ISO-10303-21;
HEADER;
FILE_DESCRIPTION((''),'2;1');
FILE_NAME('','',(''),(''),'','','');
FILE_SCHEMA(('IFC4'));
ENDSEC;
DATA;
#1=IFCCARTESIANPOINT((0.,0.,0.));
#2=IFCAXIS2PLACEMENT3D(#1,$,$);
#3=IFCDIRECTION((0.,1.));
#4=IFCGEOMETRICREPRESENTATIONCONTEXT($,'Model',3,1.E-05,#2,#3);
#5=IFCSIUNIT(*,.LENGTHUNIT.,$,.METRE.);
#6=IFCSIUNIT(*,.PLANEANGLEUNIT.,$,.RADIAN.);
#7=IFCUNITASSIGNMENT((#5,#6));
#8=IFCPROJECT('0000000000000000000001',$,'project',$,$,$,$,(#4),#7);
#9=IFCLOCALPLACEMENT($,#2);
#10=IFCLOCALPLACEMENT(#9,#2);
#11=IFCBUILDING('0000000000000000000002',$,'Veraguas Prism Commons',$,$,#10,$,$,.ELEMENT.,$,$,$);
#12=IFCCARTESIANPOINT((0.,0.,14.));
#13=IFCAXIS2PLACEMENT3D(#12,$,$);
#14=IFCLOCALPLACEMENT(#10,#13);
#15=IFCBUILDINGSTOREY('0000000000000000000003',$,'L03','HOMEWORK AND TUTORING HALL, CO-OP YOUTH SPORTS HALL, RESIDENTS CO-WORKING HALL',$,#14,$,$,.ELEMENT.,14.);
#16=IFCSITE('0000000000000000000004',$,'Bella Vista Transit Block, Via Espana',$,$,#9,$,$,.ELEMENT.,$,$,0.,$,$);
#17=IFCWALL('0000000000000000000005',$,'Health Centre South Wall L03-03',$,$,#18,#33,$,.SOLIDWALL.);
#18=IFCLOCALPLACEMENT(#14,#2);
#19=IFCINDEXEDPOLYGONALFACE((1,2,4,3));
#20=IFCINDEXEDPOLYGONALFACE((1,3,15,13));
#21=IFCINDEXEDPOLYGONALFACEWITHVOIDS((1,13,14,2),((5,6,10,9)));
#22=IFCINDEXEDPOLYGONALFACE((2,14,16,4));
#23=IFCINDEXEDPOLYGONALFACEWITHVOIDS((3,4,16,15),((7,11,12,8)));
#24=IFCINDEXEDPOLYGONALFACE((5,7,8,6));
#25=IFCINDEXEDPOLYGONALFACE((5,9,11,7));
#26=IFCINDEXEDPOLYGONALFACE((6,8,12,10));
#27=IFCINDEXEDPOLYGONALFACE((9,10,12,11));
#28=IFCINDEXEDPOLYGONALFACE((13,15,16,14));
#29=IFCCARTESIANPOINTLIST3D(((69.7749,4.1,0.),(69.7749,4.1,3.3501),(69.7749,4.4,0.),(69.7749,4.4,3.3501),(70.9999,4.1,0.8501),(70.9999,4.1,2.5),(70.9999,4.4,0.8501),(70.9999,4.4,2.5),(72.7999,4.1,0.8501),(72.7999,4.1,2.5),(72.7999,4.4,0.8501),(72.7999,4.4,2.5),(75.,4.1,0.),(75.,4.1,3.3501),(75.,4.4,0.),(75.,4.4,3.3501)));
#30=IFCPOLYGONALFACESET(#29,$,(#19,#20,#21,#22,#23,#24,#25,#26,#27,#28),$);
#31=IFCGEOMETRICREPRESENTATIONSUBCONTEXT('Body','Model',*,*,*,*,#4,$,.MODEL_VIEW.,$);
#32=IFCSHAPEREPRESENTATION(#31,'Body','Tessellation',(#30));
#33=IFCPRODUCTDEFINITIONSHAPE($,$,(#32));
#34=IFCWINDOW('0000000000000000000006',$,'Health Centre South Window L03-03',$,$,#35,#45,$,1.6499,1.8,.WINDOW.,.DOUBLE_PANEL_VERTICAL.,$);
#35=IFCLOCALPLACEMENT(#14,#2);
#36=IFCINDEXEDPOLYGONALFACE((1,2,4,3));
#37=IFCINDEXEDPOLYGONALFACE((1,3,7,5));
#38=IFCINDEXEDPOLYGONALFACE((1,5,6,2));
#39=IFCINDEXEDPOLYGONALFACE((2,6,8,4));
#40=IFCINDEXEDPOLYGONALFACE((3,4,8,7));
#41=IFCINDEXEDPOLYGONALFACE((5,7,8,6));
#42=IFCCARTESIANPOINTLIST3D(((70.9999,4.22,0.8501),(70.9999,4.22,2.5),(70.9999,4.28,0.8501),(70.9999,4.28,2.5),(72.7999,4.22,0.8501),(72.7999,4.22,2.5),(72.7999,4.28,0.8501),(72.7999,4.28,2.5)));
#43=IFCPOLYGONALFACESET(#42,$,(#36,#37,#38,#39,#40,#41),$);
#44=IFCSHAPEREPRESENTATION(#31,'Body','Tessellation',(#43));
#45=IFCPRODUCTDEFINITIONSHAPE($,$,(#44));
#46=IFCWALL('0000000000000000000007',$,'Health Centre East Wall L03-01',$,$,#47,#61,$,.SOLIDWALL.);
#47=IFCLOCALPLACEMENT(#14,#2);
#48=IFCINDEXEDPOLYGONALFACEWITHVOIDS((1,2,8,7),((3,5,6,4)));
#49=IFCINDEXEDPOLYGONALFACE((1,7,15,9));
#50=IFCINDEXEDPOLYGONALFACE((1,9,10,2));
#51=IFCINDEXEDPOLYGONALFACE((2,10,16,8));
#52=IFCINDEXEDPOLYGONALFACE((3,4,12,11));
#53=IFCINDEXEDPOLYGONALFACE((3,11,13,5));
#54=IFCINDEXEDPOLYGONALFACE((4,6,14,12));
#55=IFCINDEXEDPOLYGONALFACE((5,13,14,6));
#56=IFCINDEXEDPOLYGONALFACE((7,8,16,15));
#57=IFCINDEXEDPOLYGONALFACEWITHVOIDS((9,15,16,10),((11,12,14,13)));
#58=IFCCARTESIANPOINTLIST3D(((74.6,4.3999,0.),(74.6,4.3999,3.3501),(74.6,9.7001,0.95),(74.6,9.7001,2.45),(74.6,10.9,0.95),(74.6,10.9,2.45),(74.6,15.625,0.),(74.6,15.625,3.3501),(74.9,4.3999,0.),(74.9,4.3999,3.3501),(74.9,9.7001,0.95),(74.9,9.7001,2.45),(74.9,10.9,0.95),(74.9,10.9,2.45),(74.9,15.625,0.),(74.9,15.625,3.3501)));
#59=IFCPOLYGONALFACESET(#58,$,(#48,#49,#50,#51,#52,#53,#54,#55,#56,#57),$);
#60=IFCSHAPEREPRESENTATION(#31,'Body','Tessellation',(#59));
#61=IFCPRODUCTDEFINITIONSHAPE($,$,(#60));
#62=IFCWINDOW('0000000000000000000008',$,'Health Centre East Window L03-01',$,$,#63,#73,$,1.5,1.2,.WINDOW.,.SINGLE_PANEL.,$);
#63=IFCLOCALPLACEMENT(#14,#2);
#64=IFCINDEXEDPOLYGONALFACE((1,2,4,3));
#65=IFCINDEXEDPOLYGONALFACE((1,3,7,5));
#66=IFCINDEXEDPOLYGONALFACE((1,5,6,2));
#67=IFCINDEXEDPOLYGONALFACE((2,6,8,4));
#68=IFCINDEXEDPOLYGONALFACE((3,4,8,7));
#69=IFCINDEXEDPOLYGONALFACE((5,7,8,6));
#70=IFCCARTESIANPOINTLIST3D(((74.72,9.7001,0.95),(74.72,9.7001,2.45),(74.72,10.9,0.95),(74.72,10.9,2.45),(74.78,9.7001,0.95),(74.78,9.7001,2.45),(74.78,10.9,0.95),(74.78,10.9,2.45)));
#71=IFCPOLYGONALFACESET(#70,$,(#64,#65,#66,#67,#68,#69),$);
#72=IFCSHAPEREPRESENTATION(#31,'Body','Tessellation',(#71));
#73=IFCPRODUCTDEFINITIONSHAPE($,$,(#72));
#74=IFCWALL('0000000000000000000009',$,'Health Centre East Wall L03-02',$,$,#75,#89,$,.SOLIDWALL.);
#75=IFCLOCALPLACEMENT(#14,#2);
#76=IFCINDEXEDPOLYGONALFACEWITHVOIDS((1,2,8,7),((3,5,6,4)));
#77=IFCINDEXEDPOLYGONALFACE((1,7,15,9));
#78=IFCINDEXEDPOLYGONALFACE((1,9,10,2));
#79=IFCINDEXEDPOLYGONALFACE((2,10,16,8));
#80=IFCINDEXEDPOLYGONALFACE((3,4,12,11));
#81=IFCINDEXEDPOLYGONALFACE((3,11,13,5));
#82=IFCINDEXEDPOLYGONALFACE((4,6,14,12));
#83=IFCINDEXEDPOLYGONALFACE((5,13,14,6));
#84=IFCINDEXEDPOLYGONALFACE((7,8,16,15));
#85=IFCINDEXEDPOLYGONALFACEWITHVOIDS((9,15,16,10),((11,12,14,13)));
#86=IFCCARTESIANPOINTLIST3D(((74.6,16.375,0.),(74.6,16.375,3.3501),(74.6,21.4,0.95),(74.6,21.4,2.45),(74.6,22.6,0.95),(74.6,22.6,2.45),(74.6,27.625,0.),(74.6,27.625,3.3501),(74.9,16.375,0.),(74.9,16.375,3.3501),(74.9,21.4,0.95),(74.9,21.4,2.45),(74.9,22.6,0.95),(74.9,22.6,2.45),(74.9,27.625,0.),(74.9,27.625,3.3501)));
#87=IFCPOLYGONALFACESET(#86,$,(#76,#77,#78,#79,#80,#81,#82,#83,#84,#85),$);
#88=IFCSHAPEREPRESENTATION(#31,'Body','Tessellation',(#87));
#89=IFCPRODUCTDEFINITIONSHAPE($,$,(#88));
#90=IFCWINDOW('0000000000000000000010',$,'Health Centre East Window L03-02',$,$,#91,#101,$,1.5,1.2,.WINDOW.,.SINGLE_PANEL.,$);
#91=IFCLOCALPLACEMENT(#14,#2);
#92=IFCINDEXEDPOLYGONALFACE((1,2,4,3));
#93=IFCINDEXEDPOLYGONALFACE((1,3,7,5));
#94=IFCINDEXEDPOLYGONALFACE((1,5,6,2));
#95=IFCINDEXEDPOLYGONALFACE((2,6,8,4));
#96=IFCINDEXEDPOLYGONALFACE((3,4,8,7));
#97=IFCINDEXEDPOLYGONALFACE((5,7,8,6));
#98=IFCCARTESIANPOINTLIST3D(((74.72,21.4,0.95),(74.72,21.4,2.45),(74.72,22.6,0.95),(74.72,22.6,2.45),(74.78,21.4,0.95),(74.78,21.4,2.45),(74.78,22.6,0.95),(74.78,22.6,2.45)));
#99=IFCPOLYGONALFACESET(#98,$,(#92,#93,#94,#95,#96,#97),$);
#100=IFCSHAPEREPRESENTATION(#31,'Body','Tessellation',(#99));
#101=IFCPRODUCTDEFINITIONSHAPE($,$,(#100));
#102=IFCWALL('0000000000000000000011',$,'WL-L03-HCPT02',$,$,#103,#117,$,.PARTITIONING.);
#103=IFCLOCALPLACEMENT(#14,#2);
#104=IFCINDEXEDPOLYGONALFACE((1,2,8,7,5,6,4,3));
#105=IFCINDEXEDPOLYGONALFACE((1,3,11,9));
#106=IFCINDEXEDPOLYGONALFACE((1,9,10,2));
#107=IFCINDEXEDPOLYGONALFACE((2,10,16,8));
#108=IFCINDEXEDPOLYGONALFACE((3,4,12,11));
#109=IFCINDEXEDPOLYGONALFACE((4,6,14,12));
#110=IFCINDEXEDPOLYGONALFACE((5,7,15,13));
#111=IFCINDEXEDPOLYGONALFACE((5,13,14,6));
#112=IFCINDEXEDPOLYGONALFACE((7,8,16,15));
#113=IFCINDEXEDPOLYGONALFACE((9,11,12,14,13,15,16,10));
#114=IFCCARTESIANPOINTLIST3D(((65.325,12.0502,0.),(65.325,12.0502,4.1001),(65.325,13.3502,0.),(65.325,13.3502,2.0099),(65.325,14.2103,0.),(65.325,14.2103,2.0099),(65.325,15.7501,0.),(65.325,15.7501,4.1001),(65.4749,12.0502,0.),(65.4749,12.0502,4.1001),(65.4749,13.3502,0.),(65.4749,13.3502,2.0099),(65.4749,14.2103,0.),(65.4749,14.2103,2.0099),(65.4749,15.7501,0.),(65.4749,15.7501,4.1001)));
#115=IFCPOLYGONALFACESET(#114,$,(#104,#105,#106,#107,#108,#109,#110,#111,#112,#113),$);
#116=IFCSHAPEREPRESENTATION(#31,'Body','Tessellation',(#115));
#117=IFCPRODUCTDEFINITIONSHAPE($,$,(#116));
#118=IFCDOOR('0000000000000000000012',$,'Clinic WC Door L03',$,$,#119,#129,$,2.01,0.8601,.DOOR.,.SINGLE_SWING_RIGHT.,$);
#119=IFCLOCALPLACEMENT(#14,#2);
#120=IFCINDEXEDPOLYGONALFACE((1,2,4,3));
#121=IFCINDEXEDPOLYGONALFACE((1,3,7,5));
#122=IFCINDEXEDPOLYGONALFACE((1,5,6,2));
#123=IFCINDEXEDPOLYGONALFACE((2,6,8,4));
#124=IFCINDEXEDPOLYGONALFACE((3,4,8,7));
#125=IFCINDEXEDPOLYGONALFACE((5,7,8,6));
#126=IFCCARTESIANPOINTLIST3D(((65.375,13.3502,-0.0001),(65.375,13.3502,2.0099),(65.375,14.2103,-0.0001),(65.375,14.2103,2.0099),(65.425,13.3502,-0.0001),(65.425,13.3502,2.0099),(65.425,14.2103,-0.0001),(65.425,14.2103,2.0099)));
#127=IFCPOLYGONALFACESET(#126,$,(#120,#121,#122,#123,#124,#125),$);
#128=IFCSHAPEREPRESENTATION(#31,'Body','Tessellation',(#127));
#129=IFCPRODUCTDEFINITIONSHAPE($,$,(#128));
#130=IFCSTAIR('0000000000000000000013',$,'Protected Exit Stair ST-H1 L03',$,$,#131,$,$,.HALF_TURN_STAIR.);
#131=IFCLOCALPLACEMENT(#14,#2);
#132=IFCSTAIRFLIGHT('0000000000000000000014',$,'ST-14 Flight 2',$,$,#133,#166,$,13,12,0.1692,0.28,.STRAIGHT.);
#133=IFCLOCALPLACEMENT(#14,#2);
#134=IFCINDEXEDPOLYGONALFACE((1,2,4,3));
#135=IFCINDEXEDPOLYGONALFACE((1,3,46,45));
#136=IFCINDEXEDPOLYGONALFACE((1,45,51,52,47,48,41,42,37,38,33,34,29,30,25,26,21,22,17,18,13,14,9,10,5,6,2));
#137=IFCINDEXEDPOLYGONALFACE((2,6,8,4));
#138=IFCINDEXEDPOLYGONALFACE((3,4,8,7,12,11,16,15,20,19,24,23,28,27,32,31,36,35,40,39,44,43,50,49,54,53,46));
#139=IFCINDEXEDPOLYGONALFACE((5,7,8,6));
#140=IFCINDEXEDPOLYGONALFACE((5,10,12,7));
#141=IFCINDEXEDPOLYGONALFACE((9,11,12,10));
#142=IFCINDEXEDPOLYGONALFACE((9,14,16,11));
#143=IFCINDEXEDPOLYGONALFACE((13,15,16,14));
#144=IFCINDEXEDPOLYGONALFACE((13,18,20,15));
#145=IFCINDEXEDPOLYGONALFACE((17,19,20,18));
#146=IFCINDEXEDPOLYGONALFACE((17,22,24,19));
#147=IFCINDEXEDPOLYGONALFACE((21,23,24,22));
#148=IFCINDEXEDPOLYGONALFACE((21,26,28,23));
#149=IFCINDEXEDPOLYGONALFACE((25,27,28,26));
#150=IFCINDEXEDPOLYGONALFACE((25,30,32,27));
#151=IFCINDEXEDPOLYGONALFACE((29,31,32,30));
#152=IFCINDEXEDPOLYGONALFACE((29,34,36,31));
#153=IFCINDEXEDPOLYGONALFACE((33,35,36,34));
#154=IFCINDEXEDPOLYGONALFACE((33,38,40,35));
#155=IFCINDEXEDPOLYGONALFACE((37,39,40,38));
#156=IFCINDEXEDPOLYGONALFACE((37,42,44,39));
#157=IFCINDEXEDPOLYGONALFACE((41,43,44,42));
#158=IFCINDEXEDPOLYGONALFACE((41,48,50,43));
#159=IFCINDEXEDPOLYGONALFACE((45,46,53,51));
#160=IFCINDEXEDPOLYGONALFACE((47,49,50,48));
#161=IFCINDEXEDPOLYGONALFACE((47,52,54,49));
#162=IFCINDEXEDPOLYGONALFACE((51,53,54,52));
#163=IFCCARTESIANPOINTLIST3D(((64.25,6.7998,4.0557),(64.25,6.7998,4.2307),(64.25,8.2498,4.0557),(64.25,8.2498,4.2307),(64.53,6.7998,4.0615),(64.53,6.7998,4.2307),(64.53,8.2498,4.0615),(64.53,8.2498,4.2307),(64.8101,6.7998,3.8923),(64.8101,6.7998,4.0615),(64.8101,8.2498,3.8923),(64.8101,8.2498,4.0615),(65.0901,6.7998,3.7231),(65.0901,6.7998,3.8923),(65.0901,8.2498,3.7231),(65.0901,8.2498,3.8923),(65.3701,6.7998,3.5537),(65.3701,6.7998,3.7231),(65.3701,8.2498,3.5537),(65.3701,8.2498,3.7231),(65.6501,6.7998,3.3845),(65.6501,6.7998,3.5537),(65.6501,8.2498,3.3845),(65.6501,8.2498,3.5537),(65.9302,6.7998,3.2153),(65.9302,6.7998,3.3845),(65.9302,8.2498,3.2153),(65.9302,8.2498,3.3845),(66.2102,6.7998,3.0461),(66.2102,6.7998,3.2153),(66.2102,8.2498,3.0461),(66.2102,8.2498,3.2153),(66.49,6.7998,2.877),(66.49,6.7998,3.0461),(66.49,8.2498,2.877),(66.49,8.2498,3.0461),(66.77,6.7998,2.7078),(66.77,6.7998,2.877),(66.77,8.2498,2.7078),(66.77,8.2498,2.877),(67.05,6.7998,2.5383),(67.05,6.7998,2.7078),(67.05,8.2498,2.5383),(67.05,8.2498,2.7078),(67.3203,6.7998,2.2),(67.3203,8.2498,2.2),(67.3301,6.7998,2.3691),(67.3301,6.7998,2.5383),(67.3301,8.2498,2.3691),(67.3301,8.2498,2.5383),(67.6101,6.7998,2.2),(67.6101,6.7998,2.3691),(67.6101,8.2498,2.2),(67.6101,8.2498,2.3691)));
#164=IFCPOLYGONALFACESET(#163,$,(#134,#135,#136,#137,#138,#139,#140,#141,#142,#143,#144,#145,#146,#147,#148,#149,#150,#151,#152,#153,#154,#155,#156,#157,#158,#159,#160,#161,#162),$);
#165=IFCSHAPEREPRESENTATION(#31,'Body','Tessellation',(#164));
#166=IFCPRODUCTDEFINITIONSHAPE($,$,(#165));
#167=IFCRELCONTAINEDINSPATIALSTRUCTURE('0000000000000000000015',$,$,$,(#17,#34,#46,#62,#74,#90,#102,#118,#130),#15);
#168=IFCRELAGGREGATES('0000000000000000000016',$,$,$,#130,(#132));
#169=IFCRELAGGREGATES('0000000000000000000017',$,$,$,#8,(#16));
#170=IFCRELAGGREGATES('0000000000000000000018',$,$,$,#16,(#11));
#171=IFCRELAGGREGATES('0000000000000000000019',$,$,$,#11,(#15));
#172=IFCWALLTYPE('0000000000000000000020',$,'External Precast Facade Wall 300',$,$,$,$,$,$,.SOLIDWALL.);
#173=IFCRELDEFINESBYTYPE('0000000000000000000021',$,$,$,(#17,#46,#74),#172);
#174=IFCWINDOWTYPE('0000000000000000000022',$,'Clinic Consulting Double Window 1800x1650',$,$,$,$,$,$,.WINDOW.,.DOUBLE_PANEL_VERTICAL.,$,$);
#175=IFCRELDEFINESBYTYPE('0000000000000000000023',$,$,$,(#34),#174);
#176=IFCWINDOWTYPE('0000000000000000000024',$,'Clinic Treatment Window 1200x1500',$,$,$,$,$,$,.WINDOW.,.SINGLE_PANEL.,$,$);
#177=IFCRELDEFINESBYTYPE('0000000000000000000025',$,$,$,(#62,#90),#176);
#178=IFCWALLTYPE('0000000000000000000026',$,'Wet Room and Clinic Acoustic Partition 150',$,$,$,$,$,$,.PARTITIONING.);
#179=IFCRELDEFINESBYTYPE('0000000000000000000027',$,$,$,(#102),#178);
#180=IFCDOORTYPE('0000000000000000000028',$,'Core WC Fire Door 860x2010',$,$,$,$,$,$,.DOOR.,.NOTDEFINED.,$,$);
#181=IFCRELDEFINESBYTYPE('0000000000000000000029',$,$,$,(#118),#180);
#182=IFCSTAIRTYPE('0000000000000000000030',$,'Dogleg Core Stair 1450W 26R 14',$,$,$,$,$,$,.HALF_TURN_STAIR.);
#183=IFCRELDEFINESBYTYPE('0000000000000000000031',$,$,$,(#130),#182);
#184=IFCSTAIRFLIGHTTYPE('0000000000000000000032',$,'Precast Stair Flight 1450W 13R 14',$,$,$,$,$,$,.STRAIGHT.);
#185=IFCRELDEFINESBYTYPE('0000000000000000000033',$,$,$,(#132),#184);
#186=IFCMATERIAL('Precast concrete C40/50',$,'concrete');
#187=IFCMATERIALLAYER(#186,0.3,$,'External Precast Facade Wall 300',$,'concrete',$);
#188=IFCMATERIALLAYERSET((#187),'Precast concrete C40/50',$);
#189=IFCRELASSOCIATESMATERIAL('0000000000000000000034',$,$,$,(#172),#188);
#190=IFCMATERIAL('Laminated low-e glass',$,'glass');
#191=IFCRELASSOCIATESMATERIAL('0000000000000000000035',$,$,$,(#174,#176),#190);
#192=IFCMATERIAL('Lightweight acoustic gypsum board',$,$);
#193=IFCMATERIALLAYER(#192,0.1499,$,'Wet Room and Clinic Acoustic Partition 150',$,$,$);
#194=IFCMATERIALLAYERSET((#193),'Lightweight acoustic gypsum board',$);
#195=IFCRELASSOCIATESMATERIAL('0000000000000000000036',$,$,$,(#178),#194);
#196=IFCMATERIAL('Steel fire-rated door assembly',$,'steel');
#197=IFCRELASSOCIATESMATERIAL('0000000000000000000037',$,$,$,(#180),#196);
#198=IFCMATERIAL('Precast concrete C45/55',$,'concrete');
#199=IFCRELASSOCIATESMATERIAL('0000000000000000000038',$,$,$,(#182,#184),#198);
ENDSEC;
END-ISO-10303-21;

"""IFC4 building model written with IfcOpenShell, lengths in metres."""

from ifc_helpers import new_model, si_unit, direction, frame, frame_2d, origin, place, context, subcontext, project, spatial, polyline, rectangle, outline, extrude, source, transform, mapped, material, layer, layer_set, type_object, element, fill, aggregate, save


model = new_model("IFC4")

# Units and contexts
model_context = context("Model", 3, precision=1e-05, world=origin(), true_north=direction((0.0, 1.0)))
body_context = subcontext(model_context, "Body", "Model", "MODEL_VIEW")
ifc_project = project(units=[si_unit("LENGTHUNIT", "METRE"), si_unit("PLANEANGLEUNIT", "RADIAN")], contexts=[model_context])

# Site, building, storey
site_placement = place(None, origin())
site = spatial("IfcSite", under=ifc_project, at=site_placement, Name="Bella Vista Transit Block, Via Espana", CompositionType="ELEMENT", RefElevation=0.0)
building_placement = place(site_placement, origin())
building = spatial("IfcBuilding", under=site, at=building_placement, Name="Veraguas Prism Commons", CompositionType="ELEMENT")
storey_placement = place(building_placement, frame((0.0, 0.0, 14.0)))
storey = spatial("IfcBuildingStorey", under=building, at=storey_placement, Name="L03", Description="HOMEWORK AND TUTORING HALL, CO-OP YOUTH SPORTS HALL, RESIDENTS CO-WORKING HALL", CompositionType="ELEMENT", Elevation=14.0)

# Shared definitions
ifc_material_1 = material(Name="Steel fire-rated door assembly", Category="steel")

# Walls, openings, windows
ifc_material_2 = material(Name="Precast concrete C40/50", Category="concrete")
ifc_layer_1 = layer(ifc_material_2, 0.3, Name="External Precast Facade Wall 300", Category="concrete")
ifc_layer_set_1 = layer_set([ifc_layer_1], Name="Precast concrete C40/50")
wall_type_1 = type_object("IfcWallType", Name="External Precast Facade Wall 300", PredefinedType="SOLIDWALL", material=ifc_layer_set_1)
wall_1_placement = place(storey_placement, frame((69.7749, 4.25, 0.0), z_axis=(0.0, 0.0, 1.0), x_axis=(1.0, 0.0, 0.0)))
wall_1 = element("IfcWall", 1, at=wall_1_placement, inside=storey, type_object=wall_type_1, Name="Health Centre South Wall L03-03", PredefinedType="SOLIDWALL", context=body_context, shape_type="SweptSolid", body=[
    extrude(rectangle(XDim=5.2251, YDim=0.3, at=frame_2d((2.6125, 0.0))), origin(), (0.0, 0.0, 1.0), 3.3501),
])
opening_1_placement = place(wall_1_placement, frame((1.2251, 0.0, 0.8501)))
opening_1 = element("IfcOpeningElement", 2, at=opening_1_placement, cuts=wall_1, PredefinedType="OPENING", context=body_context, shape_type="SweptSolid", body=[
    extrude(rectangle(XDim=1.8, YDim=1.6499, at=frame_2d((0.8999, 0.825))), frame((0.0, 0.1599, 0.0), z_axis=(0.0, -1.0, 0.0), x_axis=(1.0, 0.0, 0.0)), (0.0, 0.0, 1.0), 0.3201),
])
ifc_material_3 = material(Name="Laminated low-e glass", Category="glass")
window_type_1 = type_object("IfcWindowType", Name="Clinic Consulting Double Window 1800x1650", PartitioningType="DOUBLE_PANEL_VERTICAL", PredefinedType="WINDOW", material=ifc_material_3)
shared_shape_1 = source(origin(), body_context, "Body", "SweptSolid", [
    extrude(rectangle(XDim=1.8, YDim=1.6499, at=frame_2d((0.8999, 0.825))), frame((0.0, 0.03, 0.0), z_axis=(0.0, -1.0, 0.0), x_axis=(1.0, 0.0, 0.0)), (0.0, 0.0, 1.0), 0.0601),
])
window_1_placement = place(opening_1_placement, origin())
window_1 = element("IfcWindow", 3, at=window_1_placement, inside=storey, type_object=window_type_1, Name="Health Centre South Window L03-03", OverallHeight=1.6499, OverallWidth=1.8, PartitioningType="DOUBLE_PANEL_VERTICAL", PredefinedType="WINDOW", context=body_context, shape_type="MappedRepresentation", body=[
    mapped(shared_shape_1, transform((0.0, 0.0, 0.0), scale=1.0)),
])
fill(opening_1, window_1)
wall_2_placement = place(storey_placement, frame((74.75, 4.3999, 0.0), z_axis=(0.0, 0.0, 1.0), x_axis=(0.0, 1.0, 0.0)))
wall_2 = element("IfcWall", 4, at=wall_2_placement, inside=storey, type_object=wall_type_1, Name="Health Centre East Wall L03-01", PredefinedType="SOLIDWALL", context=body_context, shape_type="SweptSolid", body=[
    extrude(rectangle(XDim=11.2251, YDim=0.3, at=frame_2d((5.6125, 0.0))), origin(), (0.0, 0.0, 1.0), 3.3501),
])
opening_2_placement = place(wall_2_placement, frame((5.3, 0.0, 0.95)))
opening_2 = element("IfcOpeningElement", 5, at=opening_2_placement, cuts=wall_2, PredefinedType="OPENING", context=body_context, shape_type="SweptSolid", body=[
    extrude(rectangle(XDim=1.2, YDim=1.5, at=frame_2d((0.6001, 0.75))), frame((0.0, 0.1599, 0.0), z_axis=(0.0, -1.0, 0.0), x_axis=(1.0, 0.0, 0.0)), (0.0, 0.0, 1.0), 0.3201),
])
window_type_2 = type_object("IfcWindowType", Name="Clinic Treatment Window 1200x1500", PartitioningType="SINGLE_PANEL", PredefinedType="WINDOW", material=ifc_material_3)
shared_shape_2 = source(origin(), body_context, "Body", "SweptSolid", [
    extrude(rectangle(XDim=1.2, YDim=1.5, at=frame_2d((0.6001, 0.75))), frame((0.0, 0.03, 0.0), z_axis=(0.0, -1.0, 0.0), x_axis=(1.0, 0.0, 0.0)), (0.0, 0.0, 1.0), 0.0601),
])
window_2_placement = place(opening_2_placement, origin())
window_2 = element("IfcWindow", 6, at=window_2_placement, inside=storey, type_object=window_type_2, Name="Health Centre East Window L03-01", OverallHeight=1.5, OverallWidth=1.2, PartitioningType="SINGLE_PANEL", PredefinedType="WINDOW", context=body_context, shape_type="MappedRepresentation", body=[
    mapped(shared_shape_2, transform((0.0, 0.0, 0.0), scale=1.0)),
])
fill(opening_2, window_2)
wall_3_placement = place(storey_placement, frame((74.75, 16.375, 0.0), z_axis=(0.0, 0.0, 1.0), x_axis=(0.0, 1.0, 0.0)))
wall_3 = element("IfcWall", 7, at=wall_3_placement, inside=storey, type_object=wall_type_1, Name="Health Centre East Wall L03-02", PredefinedType="SOLIDWALL", context=body_context, shape_type="SweptSolid", body=[
    extrude(rectangle(XDim=11.25, YDim=0.3, at=frame_2d((5.625, 0.0))), origin(), (0.0, 0.0, 1.0), 3.3501),
])
opening_3_placement = place(wall_3_placement, frame((5.0249, 0.0, 0.95)))
opening_3 = element("IfcOpeningElement", 8, at=opening_3_placement, cuts=wall_3, PredefinedType="OPENING", context=body_context, shape_type="SweptSolid", body=[
    extrude(rectangle(XDim=1.2, YDim=1.5, at=frame_2d((0.6001, 0.75))), frame((0.0, 0.1599, 0.0), z_axis=(0.0, -1.0, 0.0), x_axis=(1.0, 0.0, 0.0)), (0.0, 0.0, 1.0), 0.3201),
])
window_3_placement = place(opening_3_placement, origin())
window_3 = element("IfcWindow", 9, at=window_3_placement, inside=storey, type_object=window_type_2, Name="Health Centre East Window L03-02", OverallHeight=1.5, OverallWidth=1.2, PartitioningType="SINGLE_PANEL", PredefinedType="WINDOW", context=body_context, shape_type="MappedRepresentation", body=[
    mapped(shared_shape_2, transform((0.0, 0.0, 0.0), scale=1.0)),
])
fill(opening_3, window_3)

# Wall, opening, door
ifc_material_4 = material(Name="Lightweight acoustic gypsum board")
ifc_layer_2 = layer(ifc_material_4, 0.1499, Name="Wet Room and Clinic Acoustic Partition 150")
ifc_layer_set_2 = layer_set([ifc_layer_2], Name="Lightweight acoustic gypsum board")
wall_type_2 = type_object("IfcWallType", Name="Wet Room and Clinic Acoustic Partition 150", PredefinedType="PARTITIONING", material=ifc_layer_set_2)
wall_4_placement = place(storey_placement, frame((65.3999, 12.05, 0.0), z_axis=(0.0, 0.0, 1.0), x_axis=(0.0, 1.0, 0.0)))
wall_4 = element("IfcWall", 10, at=wall_4_placement, inside=storey, type_object=wall_type_2, Name="WL-L03-HCPT02", PredefinedType="PARTITIONING", context=body_context, shape_type="SweptSolid", body=[
    extrude(rectangle(XDim=3.7, YDim=0.1499, at=frame_2d((1.8501, 0.0))), origin(), (0.0, 0.0, 1.0), 4.1001),
])
opening_4_placement = place(wall_4_placement, frame((1.3, 0.0, 0.0)))
opening_4 = element("IfcOpeningElement", 11, at=opening_4_placement, cuts=wall_4, PredefinedType="OPENING", context=body_context, shape_type="SweptSolid", body=[
    extrude(rectangle(XDim=0.8601, YDim=2.01, at=frame_2d((0.4302, 1.0049))), frame((0.0, 0.085, 0.0), z_axis=(0.0, -1.0, 0.0), x_axis=(1.0, 0.0, 0.0)), (0.0, 0.0, 1.0), 0.1699),
])
door_type_1 = type_object("IfcDoorType", Name="Core WC Fire Door 860x2010", OperationType="NOTDEFINED", PredefinedType="DOOR", material=ifc_material_1)
shared_shape_3 = source(origin(), body_context, "Body", "SweptSolid", [
    extrude(rectangle(XDim=0.8601, YDim=2.01, at=frame_2d((0.4302, 1.0049))), frame((0.0, 0.0249, 0.0), z_axis=(0.0, -1.0, 0.0), x_axis=(1.0, 0.0, 0.0)), (0.0, 0.0, 1.0), 0.05),
])
door_1_placement = place(opening_4_placement, origin())
door_1 = element("IfcDoor", 12, at=door_1_placement, inside=storey, type_object=door_type_1, Name="Clinic WC Door L03", OperationType="SINGLE_SWING_RIGHT", OverallHeight=2.01, OverallWidth=0.8601, PredefinedType="DOOR", context=body_context, shape_type="MappedRepresentation", body=[
    mapped(shared_shape_3, transform((0.0, 0.0, 0.0), scale=1.0)),
])
fill(opening_4, door_1)

# Stair, stair flight
ifc_material_5 = material(Name="Precast concrete C45/55", Category="concrete")
stair_type = type_object("IfcStairType", Name="Dogleg Core Stair 1450W 26R 14", PredefinedType="HALF_TURN_STAIR", material=ifc_material_5)
stair_placement = place(storey_placement, origin())
stair = element("IfcStair", 13, at=stair_placement, inside=storey, type_object=stair_type, Name="Protected Exit Stair ST-H1 L03", PredefinedType="HALF_TURN_STAIR")
stair_flight_type = type_object("IfcStairFlightType", Name="Precast Stair Flight 1450W 13R 14", PredefinedType="STRAIGHT", material=ifc_material_5)
stair_flight_placement = place(storey_placement, frame((67.6101, 7.5249, 2.2), z_axis=(0.0, 0.0, 1.0), x_axis=(-1.0, 0.0, 0.0)))
stair_flight = element("IfcStairFlight", 14, at=stair_flight_placement, type_object=stair_flight_type, Name="ST-14 Flight 2", NumberOfRisers=13, NumberOfTreads=12, PredefinedType="STRAIGHT", RiserHeight=0.1692, TreadLength=0.28, context=body_context, shape_type="SweptSolid", body=[
    extrude(outline(polyline([(0.0, 0.0), (0.0, 0.1692), (0.28, 0.1692), (0.28, 0.3384), (0.5601, 0.3384), (0.5601, 0.5078), (0.8401, 0.5078), (0.8401, 0.677), (1.1201, 0.677), (1.1201, 0.8462), (1.3999, 0.8462), (1.3999, 1.0154), (1.6799, 1.0154), (1.6799, 1.1846), (1.96, 1.1846), (1.96, 1.3538), (2.24, 1.3538), (2.24, 1.5232), (2.52, 1.5232), (2.52, 1.6924), (2.8, 1.6924), (2.8, 1.8616), (3.0801, 1.8616), (3.0801, 2.0308), (3.3601, 2.0308), (3.3601, 2.2), (3.3601, 1.8557), (0.2898, 0.0), (0.0, 0.0)])), frame((0.0, 0.7251, 0.0), z_axis=(0.0, -1.0, 0.0), x_axis=(1.0, 0.0, 0.0)), (0.0, 0.0, 1.0), 1.45),
])
aggregate(stair, [stair_flight])

save(model, "model.ifc")
